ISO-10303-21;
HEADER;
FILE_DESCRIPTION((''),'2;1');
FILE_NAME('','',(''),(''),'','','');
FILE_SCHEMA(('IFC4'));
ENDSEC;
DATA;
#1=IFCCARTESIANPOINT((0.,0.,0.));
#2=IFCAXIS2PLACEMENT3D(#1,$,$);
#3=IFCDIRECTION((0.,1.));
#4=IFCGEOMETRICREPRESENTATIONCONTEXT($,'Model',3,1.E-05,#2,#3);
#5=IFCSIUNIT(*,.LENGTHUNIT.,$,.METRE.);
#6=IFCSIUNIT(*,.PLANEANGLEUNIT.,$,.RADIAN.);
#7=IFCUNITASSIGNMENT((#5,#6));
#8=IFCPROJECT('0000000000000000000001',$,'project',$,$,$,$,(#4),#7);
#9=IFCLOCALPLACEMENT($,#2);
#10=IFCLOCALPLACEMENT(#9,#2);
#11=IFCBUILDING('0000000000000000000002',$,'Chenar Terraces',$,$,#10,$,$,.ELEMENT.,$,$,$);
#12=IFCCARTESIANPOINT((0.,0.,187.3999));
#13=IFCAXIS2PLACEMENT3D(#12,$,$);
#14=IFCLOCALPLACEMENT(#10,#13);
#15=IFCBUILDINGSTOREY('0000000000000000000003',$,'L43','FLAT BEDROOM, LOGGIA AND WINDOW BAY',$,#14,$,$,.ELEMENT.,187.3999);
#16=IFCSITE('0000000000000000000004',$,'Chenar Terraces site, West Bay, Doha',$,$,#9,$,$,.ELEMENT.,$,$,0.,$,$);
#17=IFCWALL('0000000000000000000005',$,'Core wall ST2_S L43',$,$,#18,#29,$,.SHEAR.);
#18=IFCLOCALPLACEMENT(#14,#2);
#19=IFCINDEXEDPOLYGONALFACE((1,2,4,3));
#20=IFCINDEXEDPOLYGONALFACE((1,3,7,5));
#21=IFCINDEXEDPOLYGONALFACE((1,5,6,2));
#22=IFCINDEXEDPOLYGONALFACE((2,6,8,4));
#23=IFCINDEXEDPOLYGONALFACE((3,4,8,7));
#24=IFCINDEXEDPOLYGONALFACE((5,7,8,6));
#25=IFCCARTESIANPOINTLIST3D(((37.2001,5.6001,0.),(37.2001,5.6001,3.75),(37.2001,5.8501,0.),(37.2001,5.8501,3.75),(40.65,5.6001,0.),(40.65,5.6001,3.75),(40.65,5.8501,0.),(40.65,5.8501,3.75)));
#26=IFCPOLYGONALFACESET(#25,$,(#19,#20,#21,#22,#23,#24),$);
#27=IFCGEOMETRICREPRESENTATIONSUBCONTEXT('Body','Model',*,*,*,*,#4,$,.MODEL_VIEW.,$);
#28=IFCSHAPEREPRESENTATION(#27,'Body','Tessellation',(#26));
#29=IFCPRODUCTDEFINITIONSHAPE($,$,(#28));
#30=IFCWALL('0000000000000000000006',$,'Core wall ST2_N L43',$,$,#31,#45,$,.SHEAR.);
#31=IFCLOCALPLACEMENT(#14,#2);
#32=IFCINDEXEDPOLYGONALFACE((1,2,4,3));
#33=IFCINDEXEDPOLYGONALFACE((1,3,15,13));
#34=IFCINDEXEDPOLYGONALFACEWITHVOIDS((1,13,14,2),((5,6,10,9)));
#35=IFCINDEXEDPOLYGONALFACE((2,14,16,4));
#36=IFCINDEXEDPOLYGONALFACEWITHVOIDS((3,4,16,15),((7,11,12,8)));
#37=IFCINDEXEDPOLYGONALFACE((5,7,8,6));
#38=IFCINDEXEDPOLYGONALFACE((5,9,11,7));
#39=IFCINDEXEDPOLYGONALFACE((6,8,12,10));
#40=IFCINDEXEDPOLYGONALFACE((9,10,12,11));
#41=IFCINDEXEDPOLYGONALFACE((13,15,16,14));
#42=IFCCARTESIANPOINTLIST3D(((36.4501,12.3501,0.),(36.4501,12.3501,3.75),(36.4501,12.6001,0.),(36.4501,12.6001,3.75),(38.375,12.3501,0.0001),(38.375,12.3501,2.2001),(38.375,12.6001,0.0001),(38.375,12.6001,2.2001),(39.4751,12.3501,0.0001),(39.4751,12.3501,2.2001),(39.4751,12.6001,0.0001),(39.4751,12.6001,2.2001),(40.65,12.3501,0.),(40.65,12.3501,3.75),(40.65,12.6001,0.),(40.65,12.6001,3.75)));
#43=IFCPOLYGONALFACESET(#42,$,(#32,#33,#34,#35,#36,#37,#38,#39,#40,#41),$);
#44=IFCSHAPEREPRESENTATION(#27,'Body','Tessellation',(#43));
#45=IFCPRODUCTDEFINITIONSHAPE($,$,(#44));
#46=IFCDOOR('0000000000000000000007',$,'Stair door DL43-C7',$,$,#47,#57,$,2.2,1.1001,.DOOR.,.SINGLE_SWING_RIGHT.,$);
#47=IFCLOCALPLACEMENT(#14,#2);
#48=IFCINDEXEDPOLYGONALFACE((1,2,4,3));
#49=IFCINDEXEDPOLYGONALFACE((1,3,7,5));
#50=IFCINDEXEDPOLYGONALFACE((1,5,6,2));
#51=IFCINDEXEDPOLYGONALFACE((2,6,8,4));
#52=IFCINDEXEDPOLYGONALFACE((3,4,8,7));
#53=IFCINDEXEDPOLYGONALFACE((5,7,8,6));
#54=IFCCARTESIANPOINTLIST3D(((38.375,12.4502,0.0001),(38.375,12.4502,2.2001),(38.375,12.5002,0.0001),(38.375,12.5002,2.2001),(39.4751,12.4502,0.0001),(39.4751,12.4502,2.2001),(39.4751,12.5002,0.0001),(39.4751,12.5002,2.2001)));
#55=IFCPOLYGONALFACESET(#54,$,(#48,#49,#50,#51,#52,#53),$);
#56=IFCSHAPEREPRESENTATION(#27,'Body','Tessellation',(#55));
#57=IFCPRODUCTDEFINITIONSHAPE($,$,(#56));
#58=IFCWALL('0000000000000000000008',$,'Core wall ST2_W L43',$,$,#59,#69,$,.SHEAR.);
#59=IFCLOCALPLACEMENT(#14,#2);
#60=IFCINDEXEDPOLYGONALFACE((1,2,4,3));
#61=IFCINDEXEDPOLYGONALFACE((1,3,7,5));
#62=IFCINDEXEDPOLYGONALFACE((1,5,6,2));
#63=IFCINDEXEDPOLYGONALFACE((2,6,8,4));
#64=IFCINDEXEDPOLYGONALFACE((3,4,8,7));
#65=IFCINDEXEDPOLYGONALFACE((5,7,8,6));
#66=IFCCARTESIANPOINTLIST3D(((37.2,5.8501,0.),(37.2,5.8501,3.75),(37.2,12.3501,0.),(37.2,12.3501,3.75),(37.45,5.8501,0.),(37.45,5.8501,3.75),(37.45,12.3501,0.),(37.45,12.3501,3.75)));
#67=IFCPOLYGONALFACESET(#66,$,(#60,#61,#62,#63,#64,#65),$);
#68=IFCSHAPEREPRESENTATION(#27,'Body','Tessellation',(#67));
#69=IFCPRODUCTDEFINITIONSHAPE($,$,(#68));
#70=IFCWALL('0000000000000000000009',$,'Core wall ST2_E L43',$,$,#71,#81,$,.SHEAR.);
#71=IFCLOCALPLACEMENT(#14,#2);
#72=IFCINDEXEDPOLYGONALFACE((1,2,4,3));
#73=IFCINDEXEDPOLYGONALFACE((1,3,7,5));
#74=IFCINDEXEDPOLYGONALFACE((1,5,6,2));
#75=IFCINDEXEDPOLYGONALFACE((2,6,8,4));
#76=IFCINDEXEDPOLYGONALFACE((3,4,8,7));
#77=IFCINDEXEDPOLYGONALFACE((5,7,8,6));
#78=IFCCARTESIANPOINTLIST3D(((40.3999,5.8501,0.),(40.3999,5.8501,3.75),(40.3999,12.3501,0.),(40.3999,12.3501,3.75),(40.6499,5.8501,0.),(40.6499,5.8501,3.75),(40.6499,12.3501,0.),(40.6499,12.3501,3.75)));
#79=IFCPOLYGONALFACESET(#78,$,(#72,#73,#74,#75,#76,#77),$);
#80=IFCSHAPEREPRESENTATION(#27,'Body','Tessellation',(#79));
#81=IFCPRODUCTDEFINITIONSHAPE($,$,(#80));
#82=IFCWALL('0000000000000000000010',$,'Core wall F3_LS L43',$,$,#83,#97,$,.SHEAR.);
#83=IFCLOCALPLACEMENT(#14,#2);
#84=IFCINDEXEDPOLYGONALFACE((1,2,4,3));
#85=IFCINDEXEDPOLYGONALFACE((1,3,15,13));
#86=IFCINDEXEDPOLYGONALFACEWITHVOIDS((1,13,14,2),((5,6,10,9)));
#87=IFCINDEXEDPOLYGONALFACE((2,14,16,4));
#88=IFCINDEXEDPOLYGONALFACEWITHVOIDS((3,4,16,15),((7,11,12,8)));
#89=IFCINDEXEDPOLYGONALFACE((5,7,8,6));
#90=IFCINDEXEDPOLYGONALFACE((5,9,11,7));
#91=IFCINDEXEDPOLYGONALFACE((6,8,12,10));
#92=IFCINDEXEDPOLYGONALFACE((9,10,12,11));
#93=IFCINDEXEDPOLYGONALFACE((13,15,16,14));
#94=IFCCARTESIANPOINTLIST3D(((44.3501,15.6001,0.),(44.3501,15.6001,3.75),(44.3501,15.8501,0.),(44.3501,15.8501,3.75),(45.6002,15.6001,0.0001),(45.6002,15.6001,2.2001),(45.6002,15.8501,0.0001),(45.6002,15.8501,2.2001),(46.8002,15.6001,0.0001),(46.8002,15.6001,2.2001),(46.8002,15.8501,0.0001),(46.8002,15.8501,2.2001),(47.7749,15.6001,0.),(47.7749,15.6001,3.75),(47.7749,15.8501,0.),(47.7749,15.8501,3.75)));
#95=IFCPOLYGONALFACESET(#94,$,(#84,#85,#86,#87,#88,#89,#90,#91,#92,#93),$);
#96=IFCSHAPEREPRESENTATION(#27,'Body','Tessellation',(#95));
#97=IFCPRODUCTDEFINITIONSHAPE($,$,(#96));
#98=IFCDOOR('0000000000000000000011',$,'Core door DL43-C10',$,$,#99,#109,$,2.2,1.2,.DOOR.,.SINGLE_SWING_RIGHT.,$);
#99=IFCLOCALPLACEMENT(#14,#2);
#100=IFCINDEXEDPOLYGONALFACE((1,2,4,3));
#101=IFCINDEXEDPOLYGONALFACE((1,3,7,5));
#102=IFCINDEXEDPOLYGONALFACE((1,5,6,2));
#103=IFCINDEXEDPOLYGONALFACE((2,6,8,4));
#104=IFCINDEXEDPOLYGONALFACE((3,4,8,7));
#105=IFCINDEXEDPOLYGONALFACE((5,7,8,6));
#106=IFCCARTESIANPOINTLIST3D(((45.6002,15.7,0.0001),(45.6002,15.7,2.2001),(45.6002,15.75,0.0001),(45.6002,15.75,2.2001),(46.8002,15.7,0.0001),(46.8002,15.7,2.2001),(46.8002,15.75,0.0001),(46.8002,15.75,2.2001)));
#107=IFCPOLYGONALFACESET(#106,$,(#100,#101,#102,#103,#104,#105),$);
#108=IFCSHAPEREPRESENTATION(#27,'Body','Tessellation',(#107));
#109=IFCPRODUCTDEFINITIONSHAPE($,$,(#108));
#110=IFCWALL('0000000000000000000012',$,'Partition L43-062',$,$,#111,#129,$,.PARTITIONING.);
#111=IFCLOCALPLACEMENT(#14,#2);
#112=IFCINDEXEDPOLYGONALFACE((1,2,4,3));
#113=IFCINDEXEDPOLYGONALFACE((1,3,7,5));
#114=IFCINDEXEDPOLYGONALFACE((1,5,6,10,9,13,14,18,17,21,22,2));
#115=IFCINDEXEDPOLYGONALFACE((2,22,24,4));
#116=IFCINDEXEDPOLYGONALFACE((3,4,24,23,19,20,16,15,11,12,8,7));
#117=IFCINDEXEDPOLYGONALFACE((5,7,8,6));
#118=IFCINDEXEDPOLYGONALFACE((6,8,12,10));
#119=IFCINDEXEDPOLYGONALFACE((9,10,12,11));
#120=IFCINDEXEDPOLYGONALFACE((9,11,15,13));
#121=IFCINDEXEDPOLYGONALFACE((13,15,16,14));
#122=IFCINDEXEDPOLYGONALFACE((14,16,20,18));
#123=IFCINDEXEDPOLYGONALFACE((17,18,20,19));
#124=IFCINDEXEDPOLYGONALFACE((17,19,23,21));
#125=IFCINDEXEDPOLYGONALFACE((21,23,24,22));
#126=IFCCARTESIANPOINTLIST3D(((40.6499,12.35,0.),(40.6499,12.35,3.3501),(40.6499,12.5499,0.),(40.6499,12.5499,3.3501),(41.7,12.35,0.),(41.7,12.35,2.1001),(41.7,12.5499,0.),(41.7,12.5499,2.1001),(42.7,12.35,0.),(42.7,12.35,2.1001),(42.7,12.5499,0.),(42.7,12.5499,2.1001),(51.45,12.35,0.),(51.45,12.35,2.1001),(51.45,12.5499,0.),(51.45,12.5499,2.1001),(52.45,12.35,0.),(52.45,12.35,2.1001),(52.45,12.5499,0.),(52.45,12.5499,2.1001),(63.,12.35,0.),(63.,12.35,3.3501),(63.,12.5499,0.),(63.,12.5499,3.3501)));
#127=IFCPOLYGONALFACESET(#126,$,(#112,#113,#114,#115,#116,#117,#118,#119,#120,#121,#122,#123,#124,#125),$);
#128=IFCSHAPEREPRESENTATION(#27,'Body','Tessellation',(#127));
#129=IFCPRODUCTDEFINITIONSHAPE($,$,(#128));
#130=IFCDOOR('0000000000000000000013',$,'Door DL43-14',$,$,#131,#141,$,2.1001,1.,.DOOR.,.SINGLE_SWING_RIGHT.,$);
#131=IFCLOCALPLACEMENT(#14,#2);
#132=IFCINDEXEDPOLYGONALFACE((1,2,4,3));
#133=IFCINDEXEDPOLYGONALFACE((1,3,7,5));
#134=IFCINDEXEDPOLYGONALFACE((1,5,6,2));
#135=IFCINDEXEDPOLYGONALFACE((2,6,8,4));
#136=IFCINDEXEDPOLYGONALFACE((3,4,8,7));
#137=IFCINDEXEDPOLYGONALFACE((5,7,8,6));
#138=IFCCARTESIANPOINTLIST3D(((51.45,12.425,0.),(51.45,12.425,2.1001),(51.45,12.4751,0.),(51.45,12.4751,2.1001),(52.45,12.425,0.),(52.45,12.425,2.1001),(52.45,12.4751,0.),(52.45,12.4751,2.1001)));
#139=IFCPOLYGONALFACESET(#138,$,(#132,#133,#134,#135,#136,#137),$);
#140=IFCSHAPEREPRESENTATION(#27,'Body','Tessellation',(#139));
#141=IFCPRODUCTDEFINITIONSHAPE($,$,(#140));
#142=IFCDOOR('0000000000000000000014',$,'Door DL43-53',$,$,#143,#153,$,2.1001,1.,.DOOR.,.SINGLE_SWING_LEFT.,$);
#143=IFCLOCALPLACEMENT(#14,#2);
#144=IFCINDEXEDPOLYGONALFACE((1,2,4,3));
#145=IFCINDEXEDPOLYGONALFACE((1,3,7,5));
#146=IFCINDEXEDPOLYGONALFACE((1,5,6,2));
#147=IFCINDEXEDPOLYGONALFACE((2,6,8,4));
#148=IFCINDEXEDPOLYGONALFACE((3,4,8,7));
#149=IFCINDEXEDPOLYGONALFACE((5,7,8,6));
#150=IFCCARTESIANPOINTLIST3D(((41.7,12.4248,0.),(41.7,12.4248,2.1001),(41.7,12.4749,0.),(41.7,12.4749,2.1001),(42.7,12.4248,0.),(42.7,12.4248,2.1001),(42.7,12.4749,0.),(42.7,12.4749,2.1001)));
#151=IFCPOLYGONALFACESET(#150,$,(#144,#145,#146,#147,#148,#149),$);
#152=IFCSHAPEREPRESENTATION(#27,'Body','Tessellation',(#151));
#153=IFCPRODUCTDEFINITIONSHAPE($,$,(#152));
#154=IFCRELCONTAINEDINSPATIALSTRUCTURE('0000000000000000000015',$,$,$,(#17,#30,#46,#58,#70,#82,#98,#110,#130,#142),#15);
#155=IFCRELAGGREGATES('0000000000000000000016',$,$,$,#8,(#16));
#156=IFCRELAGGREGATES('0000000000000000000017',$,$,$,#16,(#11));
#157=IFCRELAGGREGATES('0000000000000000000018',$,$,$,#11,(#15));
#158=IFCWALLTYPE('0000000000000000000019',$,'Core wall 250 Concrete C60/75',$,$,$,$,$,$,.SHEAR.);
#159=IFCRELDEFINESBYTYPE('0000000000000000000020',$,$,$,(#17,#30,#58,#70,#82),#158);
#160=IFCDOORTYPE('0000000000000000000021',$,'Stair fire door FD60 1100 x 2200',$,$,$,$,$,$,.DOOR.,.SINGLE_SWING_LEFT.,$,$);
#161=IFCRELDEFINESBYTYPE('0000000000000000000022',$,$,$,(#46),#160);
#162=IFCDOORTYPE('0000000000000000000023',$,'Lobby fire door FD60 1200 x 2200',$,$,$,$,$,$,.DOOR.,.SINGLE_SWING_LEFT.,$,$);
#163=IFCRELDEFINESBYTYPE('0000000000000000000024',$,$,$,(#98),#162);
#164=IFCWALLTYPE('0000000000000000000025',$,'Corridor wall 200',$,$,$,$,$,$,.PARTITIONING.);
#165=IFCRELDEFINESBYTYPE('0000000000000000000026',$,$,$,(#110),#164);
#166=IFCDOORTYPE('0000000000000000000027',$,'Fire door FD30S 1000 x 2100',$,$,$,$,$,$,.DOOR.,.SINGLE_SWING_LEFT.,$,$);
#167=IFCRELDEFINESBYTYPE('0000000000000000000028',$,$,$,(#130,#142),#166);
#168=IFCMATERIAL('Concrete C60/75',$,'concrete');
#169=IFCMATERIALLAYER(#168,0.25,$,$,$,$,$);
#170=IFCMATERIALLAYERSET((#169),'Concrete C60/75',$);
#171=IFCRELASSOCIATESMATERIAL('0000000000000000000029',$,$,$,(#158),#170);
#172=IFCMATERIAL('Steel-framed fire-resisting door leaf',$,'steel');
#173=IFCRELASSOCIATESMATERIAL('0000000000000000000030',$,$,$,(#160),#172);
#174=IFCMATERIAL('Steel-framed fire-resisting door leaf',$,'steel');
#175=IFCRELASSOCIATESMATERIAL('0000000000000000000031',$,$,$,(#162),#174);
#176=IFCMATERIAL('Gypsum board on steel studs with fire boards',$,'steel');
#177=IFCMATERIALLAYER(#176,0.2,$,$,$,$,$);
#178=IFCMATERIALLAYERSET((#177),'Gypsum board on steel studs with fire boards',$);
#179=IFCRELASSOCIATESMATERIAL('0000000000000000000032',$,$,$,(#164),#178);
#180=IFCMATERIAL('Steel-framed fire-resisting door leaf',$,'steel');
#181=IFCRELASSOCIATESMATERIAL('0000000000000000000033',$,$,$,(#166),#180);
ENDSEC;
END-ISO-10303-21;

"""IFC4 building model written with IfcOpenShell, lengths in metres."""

from ifc_helpers import new_model, si_unit, direction, frame, frame_2d, origin, place, context, subcontext, project, spatial, rectangle, extrude, material, layer, layer_set, type_object, element, fill, save


model = new_model("IFC4")

# Units and contexts
model_context = context("Model", 3, precision=1e-05, world=origin(), true_north=direction((0.0, 1.0)))
body_context = subcontext(model_context, "Body", "Model", "MODEL_VIEW")
ifc_project = project(units=[si_unit("LENGTHUNIT", "METRE"), si_unit("PLANEANGLEUNIT", "RADIAN")], contexts=[model_context])

# Site, building, storey
site_placement = place(None, origin())
site = spatial("IfcSite", under=ifc_project, at=site_placement, Name="Chenar Terraces site, West Bay, Doha", CompositionType="ELEMENT", RefElevation=0.0)
building_placement = place(site_placement, origin())
building = spatial("IfcBuilding", under=site, at=building_placement, Name="Chenar Terraces", CompositionType="ELEMENT")
storey_placement = place(building_placement, frame((0.0, 0.0, 187.3999)))
storey = spatial("IfcBuildingStorey", under=building, at=storey_placement, Name="L43", Description="FLAT BEDROOM, LOGGIA AND WINDOW BAY", CompositionType="ELEMENT", Elevation=187.3999)

# Wall
ifc_material_1 = material(Name="Concrete C60/75", Category="concrete")
ifc_layer_1 = layer(ifc_material_1, 0.25)
ifc_layer_set_1 = layer_set([ifc_layer_1], Name="Concrete C60/75")
wall_type_1 = type_object("IfcWallType", Name="Core wall 250 Concrete C60/75", PredefinedType="SHEAR", material=ifc_layer_set_1)
wall_1_placement = place(storey_placement, frame((37.2, 5.7251, 0.0), z_axis=(0.0, 0.0, 1.0), x_axis=(1.0, 0.0, 0.0)))
element("IfcWall", 1, at=wall_1_placement, inside=storey, type_object=wall_type_1, Name="Core wall ST2_S L43", PredefinedType="SHEAR", context=body_context, shape_type="SweptSolid", body=[
    extrude(rectangle(XDim=3.45, YDim=0.25, at=frame_2d((1.7251, 0.0))), origin(), (0.0, 0.0, 1.0), 3.75),
])

# Wall, opening, door
wall_2_placement = place(storey_placement, frame((36.45, 12.4751, 0.0), z_axis=(0.0, 0.0, 1.0), x_axis=(1.0, 0.0, 0.0)))
wall_2 = element("IfcWall", 2, at=wall_2_placement, inside=storey, type_object=wall_type_1, Name="Core wall ST2_N L43", PredefinedType="SHEAR", context=body_context, shape_type="SweptSolid", body=[
    extrude(rectangle(XDim=4.2, YDim=0.25, at=frame_2d((2.1001, 0.0))), origin(), (0.0, 0.0, 1.0), 3.75),
])
opening_1_placement = place(wall_2_placement, frame((1.925, 0.0, 0.0)))
opening_1 = element("IfcOpeningElement", 3, at=opening_1_placement, cuts=wall_2, PredefinedType="OPENING", context=body_context, shape_type="SweptSolid", body=[
    extrude(rectangle(XDim=1.1001, YDim=2.2, at=frame_2d((0.55, 1.1001))), frame((0.0, 0.135, 0.0), z_axis=(0.0, -1.0, 0.0), x_axis=(1.0, 0.0, 0.0)), (0.0, 0.0, 1.0), 0.27),
])
ifc_material_2 = material(Name="Steel-framed fire-resisting door leaf", Category="steel")
door_type_1 = type_object("IfcDoorType", Name="Stair fire door FD60 1100 x 2200", OperationType="SINGLE_SWING_LEFT", PredefinedType="DOOR", material=ifc_material_2)
door_1_placement = place(opening_1_placement, frame((1.1001, 0.0, 0.0), z_axis=(0.0, 0.0, 1.0), x_axis=(-1.0, 0.0, 0.0)))
door_1 = element("IfcDoor", 4, at=door_1_placement, inside=storey, type_object=door_type_1, Name="Stair door DL43-C7", OperationType="SINGLE_SWING_RIGHT", OverallHeight=2.2, OverallWidth=1.1001, PredefinedType="DOOR", context=body_context, shape_type="SweptSolid", body=[
    extrude(rectangle(XDim=1.1001, YDim=2.2, at=frame_2d((0.55, 1.1001))), frame((0.0, 0.0249, 0.0), z_axis=(0.0, -1.0, 0.0), x_axis=(1.0, 0.0, 0.0)), (0.0, 0.0, 1.0), 0.05),
])
fill(opening_1, door_1)

# Walls
for number, where, z_axis, x_axis, name in (
    (5, (37.325, 5.8501, 0.0), (0.0, 0.0, 1.0), (0.0, 1.0, 0.0), "Core wall ST2_W L43"),
    (6, (40.5249, 5.8501, 0.0), (0.0, 0.0, 1.0), (0.0, 1.0, 0.0), "Core wall ST2_E L43"),
):
    element("IfcWall", number, at=place(storey_placement, frame(where, z_axis=z_axis, x_axis=x_axis)), inside=storey, type_object=wall_type_1, Name=name, PredefinedType="SHEAR", context=body_context, shape_type="SweptSolid", body=[
        extrude(rectangle(XDim=6.5, YDim=0.25, at=frame_2d((3.25, 0.0))), origin(), (0.0, 0.0, 1.0), 3.75),
    ])

# Wall, opening, door
wall_3_placement = place(storey_placement, frame((44.3501, 15.7251, 0.0), z_axis=(0.0, 0.0, 1.0), x_axis=(1.0, 0.0, 0.0)))
wall_3 = element("IfcWall", 7, at=wall_3_placement, inside=storey, type_object=wall_type_1, Name="Core wall F3_LS L43", PredefinedType="SHEAR", context=body_context, shape_type="SweptSolid", body=[
    extrude(rectangle(XDim=3.4248, YDim=0.25, at=frame_2d((1.7124, 0.0))), origin(), (0.0, 0.0, 1.0), 3.75),
])
opening_2_placement = place(wall_3_placement, frame((1.25, 0.0, 0.0)))
opening_2 = element("IfcOpeningElement", 8, at=opening_2_placement, cuts=wall_3, PredefinedType="OPENING", context=body_context, shape_type="SweptSolid", body=[
    extrude(rectangle(XDim=1.2, YDim=2.2, at=frame_2d((0.6001, 1.1001))), frame((0.0, 0.135, 0.0), z_axis=(0.0, -1.0, 0.0), x_axis=(1.0, 0.0, 0.0)), (0.0, 0.0, 1.0), 0.27),
])
ifc_material_3 = material(Name="Steel-framed fire-resisting door leaf", Category="steel")
door_type_2 = type_object("IfcDoorType", Name="Lobby fire door FD60 1200 x 2200", OperationType="SINGLE_SWING_LEFT", PredefinedType="DOOR", material=ifc_material_3)
door_2_placement = place(opening_2_placement, origin())
door_2 = element("IfcDoor", 9, at=door_2_placement, inside=storey, type_object=door_type_2, Name="Core door DL43-C10", OperationType="SINGLE_SWING_RIGHT", OverallHeight=2.2, OverallWidth=1.2, PredefinedType="DOOR", context=body_context, shape_type="SweptSolid", body=[
    extrude(rectangle(XDim=1.2, YDim=2.2, at=frame_2d((0.6001, 1.1001))), frame((0.0, 0.0249, 0.0), z_axis=(0.0, -1.0, 0.0), x_axis=(1.0, 0.0, 0.0)), (0.0, 0.0, 1.0), 0.05),
])
fill(opening_2, door_2)

# Wall, openings, doors
ifc_material_4 = material(Name="Gypsum board on steel studs with fire boards", Category="steel")
ifc_layer_2 = layer(ifc_material_4, 0.2)
ifc_layer_set_2 = layer_set([ifc_layer_2], Name="Gypsum board on steel studs with fire boards")
wall_type_2 = type_object("IfcWallType", Name="Corridor wall 200", PredefinedType="PARTITIONING", material=ifc_layer_set_2)
wall_4_placement = place(storey_placement, frame((40.6499, 12.45, 0.0), z_axis=(0.0, 0.0, 1.0), x_axis=(1.0, 0.0, 0.0)))
wall_4 = element("IfcWall", 10, at=wall_4_placement, inside=storey, type_object=wall_type_2, Name="Partition L43-062", PredefinedType="PARTITIONING", context=body_context, shape_type="SweptSolid", body=[
    extrude(rectangle(XDim=22.3501, YDim=0.2, at=frame_2d((11.175, 0.0))), origin(), (0.0, 0.0, 1.0), 3.3501),
])
opening_3_placement = place(wall_4_placement, frame((10.8, 0.0, 0.0)))
opening_3 = element("IfcOpeningElement", 11, at=opening_3_placement, cuts=wall_4, PredefinedType="OPENING", context=body_context, shape_type="SweptSolid", body=[
    extrude(rectangle(XDim=1.0, YDim=2.1001, at=frame_2d((0.5, 1.05))), frame((0.0, 0.1099, 0.0), z_axis=(0.0, -1.0, 0.0), x_axis=(1.0, 0.0, 0.0)), (0.0, 0.0, 1.0), 0.22),
])
opening_4_placement = place(wall_4_placement, frame((1.05, 0.0, 0.0)))
opening_4 = element("IfcOpeningElement", 12, at=opening_4_placement, cuts=wall_4, PredefinedType="OPENING", context=body_context, shape_type="SweptSolid", body=[
    extrude(rectangle(XDim=1.0, YDim=2.1001, at=frame_2d((0.5, 1.05))), frame((0.0, 0.1099, 0.0), z_axis=(0.0, -1.0, 0.0), x_axis=(1.0, 0.0, 0.0)), (0.0, 0.0, 1.0), 0.22),
])
ifc_material_5 = material(Name="Steel-framed fire-resisting door leaf", Category="steel")
door_type_3 = type_object("IfcDoorType", Name="Fire door FD30S 1000 x 2100", OperationType="SINGLE_SWING_LEFT", PredefinedType="DOOR", material=ifc_material_5)
door_3_placement = place(opening_3_placement, frame((1.0, 0.0, 0.0), z_axis=(0.0, 0.0, 1.0), x_axis=(-1.0, 0.0, 0.0)))
door_3 = element("IfcDoor", 13, at=door_3_placement, inside=storey, type_object=door_type_3, Name="Door DL43-14", OperationType="SINGLE_SWING_RIGHT", OverallHeight=2.1001, OverallWidth=1.0, PredefinedType="DOOR", context=body_context, shape_type="SweptSolid", body=[
    extrude(rectangle(XDim=1.0, YDim=2.1001, at=frame_2d((0.5, 1.05))), frame((0.0, 0.0249, 0.0), z_axis=(0.0, -1.0, 0.0), x_axis=(1.0, 0.0, 0.0)), (0.0, 0.0, 1.0), 0.05),
])
fill(opening_3, door_3)
door_4_placement = place(opening_4_placement, origin())
door_4 = element("IfcDoor", 14, at=door_4_placement, inside=storey, type_object=door_type_3, Name="Door DL43-53", OperationType="SINGLE_SWING_LEFT", OverallHeight=2.1001, OverallWidth=1.0, PredefinedType="DOOR", context=body_context, shape_type="SweptSolid", body=[
    extrude(rectangle(XDim=1.0, YDim=2.1001, at=frame_2d((0.5, 1.05))), frame((0.0, 0.0249, 0.0), z_axis=(0.0, -1.0, 0.0), x_axis=(1.0, 0.0, 0.0)), (0.0, 0.0, 1.0), 0.05),
])
fill(opening_4, door_4)

save(model, "model.ifc")
